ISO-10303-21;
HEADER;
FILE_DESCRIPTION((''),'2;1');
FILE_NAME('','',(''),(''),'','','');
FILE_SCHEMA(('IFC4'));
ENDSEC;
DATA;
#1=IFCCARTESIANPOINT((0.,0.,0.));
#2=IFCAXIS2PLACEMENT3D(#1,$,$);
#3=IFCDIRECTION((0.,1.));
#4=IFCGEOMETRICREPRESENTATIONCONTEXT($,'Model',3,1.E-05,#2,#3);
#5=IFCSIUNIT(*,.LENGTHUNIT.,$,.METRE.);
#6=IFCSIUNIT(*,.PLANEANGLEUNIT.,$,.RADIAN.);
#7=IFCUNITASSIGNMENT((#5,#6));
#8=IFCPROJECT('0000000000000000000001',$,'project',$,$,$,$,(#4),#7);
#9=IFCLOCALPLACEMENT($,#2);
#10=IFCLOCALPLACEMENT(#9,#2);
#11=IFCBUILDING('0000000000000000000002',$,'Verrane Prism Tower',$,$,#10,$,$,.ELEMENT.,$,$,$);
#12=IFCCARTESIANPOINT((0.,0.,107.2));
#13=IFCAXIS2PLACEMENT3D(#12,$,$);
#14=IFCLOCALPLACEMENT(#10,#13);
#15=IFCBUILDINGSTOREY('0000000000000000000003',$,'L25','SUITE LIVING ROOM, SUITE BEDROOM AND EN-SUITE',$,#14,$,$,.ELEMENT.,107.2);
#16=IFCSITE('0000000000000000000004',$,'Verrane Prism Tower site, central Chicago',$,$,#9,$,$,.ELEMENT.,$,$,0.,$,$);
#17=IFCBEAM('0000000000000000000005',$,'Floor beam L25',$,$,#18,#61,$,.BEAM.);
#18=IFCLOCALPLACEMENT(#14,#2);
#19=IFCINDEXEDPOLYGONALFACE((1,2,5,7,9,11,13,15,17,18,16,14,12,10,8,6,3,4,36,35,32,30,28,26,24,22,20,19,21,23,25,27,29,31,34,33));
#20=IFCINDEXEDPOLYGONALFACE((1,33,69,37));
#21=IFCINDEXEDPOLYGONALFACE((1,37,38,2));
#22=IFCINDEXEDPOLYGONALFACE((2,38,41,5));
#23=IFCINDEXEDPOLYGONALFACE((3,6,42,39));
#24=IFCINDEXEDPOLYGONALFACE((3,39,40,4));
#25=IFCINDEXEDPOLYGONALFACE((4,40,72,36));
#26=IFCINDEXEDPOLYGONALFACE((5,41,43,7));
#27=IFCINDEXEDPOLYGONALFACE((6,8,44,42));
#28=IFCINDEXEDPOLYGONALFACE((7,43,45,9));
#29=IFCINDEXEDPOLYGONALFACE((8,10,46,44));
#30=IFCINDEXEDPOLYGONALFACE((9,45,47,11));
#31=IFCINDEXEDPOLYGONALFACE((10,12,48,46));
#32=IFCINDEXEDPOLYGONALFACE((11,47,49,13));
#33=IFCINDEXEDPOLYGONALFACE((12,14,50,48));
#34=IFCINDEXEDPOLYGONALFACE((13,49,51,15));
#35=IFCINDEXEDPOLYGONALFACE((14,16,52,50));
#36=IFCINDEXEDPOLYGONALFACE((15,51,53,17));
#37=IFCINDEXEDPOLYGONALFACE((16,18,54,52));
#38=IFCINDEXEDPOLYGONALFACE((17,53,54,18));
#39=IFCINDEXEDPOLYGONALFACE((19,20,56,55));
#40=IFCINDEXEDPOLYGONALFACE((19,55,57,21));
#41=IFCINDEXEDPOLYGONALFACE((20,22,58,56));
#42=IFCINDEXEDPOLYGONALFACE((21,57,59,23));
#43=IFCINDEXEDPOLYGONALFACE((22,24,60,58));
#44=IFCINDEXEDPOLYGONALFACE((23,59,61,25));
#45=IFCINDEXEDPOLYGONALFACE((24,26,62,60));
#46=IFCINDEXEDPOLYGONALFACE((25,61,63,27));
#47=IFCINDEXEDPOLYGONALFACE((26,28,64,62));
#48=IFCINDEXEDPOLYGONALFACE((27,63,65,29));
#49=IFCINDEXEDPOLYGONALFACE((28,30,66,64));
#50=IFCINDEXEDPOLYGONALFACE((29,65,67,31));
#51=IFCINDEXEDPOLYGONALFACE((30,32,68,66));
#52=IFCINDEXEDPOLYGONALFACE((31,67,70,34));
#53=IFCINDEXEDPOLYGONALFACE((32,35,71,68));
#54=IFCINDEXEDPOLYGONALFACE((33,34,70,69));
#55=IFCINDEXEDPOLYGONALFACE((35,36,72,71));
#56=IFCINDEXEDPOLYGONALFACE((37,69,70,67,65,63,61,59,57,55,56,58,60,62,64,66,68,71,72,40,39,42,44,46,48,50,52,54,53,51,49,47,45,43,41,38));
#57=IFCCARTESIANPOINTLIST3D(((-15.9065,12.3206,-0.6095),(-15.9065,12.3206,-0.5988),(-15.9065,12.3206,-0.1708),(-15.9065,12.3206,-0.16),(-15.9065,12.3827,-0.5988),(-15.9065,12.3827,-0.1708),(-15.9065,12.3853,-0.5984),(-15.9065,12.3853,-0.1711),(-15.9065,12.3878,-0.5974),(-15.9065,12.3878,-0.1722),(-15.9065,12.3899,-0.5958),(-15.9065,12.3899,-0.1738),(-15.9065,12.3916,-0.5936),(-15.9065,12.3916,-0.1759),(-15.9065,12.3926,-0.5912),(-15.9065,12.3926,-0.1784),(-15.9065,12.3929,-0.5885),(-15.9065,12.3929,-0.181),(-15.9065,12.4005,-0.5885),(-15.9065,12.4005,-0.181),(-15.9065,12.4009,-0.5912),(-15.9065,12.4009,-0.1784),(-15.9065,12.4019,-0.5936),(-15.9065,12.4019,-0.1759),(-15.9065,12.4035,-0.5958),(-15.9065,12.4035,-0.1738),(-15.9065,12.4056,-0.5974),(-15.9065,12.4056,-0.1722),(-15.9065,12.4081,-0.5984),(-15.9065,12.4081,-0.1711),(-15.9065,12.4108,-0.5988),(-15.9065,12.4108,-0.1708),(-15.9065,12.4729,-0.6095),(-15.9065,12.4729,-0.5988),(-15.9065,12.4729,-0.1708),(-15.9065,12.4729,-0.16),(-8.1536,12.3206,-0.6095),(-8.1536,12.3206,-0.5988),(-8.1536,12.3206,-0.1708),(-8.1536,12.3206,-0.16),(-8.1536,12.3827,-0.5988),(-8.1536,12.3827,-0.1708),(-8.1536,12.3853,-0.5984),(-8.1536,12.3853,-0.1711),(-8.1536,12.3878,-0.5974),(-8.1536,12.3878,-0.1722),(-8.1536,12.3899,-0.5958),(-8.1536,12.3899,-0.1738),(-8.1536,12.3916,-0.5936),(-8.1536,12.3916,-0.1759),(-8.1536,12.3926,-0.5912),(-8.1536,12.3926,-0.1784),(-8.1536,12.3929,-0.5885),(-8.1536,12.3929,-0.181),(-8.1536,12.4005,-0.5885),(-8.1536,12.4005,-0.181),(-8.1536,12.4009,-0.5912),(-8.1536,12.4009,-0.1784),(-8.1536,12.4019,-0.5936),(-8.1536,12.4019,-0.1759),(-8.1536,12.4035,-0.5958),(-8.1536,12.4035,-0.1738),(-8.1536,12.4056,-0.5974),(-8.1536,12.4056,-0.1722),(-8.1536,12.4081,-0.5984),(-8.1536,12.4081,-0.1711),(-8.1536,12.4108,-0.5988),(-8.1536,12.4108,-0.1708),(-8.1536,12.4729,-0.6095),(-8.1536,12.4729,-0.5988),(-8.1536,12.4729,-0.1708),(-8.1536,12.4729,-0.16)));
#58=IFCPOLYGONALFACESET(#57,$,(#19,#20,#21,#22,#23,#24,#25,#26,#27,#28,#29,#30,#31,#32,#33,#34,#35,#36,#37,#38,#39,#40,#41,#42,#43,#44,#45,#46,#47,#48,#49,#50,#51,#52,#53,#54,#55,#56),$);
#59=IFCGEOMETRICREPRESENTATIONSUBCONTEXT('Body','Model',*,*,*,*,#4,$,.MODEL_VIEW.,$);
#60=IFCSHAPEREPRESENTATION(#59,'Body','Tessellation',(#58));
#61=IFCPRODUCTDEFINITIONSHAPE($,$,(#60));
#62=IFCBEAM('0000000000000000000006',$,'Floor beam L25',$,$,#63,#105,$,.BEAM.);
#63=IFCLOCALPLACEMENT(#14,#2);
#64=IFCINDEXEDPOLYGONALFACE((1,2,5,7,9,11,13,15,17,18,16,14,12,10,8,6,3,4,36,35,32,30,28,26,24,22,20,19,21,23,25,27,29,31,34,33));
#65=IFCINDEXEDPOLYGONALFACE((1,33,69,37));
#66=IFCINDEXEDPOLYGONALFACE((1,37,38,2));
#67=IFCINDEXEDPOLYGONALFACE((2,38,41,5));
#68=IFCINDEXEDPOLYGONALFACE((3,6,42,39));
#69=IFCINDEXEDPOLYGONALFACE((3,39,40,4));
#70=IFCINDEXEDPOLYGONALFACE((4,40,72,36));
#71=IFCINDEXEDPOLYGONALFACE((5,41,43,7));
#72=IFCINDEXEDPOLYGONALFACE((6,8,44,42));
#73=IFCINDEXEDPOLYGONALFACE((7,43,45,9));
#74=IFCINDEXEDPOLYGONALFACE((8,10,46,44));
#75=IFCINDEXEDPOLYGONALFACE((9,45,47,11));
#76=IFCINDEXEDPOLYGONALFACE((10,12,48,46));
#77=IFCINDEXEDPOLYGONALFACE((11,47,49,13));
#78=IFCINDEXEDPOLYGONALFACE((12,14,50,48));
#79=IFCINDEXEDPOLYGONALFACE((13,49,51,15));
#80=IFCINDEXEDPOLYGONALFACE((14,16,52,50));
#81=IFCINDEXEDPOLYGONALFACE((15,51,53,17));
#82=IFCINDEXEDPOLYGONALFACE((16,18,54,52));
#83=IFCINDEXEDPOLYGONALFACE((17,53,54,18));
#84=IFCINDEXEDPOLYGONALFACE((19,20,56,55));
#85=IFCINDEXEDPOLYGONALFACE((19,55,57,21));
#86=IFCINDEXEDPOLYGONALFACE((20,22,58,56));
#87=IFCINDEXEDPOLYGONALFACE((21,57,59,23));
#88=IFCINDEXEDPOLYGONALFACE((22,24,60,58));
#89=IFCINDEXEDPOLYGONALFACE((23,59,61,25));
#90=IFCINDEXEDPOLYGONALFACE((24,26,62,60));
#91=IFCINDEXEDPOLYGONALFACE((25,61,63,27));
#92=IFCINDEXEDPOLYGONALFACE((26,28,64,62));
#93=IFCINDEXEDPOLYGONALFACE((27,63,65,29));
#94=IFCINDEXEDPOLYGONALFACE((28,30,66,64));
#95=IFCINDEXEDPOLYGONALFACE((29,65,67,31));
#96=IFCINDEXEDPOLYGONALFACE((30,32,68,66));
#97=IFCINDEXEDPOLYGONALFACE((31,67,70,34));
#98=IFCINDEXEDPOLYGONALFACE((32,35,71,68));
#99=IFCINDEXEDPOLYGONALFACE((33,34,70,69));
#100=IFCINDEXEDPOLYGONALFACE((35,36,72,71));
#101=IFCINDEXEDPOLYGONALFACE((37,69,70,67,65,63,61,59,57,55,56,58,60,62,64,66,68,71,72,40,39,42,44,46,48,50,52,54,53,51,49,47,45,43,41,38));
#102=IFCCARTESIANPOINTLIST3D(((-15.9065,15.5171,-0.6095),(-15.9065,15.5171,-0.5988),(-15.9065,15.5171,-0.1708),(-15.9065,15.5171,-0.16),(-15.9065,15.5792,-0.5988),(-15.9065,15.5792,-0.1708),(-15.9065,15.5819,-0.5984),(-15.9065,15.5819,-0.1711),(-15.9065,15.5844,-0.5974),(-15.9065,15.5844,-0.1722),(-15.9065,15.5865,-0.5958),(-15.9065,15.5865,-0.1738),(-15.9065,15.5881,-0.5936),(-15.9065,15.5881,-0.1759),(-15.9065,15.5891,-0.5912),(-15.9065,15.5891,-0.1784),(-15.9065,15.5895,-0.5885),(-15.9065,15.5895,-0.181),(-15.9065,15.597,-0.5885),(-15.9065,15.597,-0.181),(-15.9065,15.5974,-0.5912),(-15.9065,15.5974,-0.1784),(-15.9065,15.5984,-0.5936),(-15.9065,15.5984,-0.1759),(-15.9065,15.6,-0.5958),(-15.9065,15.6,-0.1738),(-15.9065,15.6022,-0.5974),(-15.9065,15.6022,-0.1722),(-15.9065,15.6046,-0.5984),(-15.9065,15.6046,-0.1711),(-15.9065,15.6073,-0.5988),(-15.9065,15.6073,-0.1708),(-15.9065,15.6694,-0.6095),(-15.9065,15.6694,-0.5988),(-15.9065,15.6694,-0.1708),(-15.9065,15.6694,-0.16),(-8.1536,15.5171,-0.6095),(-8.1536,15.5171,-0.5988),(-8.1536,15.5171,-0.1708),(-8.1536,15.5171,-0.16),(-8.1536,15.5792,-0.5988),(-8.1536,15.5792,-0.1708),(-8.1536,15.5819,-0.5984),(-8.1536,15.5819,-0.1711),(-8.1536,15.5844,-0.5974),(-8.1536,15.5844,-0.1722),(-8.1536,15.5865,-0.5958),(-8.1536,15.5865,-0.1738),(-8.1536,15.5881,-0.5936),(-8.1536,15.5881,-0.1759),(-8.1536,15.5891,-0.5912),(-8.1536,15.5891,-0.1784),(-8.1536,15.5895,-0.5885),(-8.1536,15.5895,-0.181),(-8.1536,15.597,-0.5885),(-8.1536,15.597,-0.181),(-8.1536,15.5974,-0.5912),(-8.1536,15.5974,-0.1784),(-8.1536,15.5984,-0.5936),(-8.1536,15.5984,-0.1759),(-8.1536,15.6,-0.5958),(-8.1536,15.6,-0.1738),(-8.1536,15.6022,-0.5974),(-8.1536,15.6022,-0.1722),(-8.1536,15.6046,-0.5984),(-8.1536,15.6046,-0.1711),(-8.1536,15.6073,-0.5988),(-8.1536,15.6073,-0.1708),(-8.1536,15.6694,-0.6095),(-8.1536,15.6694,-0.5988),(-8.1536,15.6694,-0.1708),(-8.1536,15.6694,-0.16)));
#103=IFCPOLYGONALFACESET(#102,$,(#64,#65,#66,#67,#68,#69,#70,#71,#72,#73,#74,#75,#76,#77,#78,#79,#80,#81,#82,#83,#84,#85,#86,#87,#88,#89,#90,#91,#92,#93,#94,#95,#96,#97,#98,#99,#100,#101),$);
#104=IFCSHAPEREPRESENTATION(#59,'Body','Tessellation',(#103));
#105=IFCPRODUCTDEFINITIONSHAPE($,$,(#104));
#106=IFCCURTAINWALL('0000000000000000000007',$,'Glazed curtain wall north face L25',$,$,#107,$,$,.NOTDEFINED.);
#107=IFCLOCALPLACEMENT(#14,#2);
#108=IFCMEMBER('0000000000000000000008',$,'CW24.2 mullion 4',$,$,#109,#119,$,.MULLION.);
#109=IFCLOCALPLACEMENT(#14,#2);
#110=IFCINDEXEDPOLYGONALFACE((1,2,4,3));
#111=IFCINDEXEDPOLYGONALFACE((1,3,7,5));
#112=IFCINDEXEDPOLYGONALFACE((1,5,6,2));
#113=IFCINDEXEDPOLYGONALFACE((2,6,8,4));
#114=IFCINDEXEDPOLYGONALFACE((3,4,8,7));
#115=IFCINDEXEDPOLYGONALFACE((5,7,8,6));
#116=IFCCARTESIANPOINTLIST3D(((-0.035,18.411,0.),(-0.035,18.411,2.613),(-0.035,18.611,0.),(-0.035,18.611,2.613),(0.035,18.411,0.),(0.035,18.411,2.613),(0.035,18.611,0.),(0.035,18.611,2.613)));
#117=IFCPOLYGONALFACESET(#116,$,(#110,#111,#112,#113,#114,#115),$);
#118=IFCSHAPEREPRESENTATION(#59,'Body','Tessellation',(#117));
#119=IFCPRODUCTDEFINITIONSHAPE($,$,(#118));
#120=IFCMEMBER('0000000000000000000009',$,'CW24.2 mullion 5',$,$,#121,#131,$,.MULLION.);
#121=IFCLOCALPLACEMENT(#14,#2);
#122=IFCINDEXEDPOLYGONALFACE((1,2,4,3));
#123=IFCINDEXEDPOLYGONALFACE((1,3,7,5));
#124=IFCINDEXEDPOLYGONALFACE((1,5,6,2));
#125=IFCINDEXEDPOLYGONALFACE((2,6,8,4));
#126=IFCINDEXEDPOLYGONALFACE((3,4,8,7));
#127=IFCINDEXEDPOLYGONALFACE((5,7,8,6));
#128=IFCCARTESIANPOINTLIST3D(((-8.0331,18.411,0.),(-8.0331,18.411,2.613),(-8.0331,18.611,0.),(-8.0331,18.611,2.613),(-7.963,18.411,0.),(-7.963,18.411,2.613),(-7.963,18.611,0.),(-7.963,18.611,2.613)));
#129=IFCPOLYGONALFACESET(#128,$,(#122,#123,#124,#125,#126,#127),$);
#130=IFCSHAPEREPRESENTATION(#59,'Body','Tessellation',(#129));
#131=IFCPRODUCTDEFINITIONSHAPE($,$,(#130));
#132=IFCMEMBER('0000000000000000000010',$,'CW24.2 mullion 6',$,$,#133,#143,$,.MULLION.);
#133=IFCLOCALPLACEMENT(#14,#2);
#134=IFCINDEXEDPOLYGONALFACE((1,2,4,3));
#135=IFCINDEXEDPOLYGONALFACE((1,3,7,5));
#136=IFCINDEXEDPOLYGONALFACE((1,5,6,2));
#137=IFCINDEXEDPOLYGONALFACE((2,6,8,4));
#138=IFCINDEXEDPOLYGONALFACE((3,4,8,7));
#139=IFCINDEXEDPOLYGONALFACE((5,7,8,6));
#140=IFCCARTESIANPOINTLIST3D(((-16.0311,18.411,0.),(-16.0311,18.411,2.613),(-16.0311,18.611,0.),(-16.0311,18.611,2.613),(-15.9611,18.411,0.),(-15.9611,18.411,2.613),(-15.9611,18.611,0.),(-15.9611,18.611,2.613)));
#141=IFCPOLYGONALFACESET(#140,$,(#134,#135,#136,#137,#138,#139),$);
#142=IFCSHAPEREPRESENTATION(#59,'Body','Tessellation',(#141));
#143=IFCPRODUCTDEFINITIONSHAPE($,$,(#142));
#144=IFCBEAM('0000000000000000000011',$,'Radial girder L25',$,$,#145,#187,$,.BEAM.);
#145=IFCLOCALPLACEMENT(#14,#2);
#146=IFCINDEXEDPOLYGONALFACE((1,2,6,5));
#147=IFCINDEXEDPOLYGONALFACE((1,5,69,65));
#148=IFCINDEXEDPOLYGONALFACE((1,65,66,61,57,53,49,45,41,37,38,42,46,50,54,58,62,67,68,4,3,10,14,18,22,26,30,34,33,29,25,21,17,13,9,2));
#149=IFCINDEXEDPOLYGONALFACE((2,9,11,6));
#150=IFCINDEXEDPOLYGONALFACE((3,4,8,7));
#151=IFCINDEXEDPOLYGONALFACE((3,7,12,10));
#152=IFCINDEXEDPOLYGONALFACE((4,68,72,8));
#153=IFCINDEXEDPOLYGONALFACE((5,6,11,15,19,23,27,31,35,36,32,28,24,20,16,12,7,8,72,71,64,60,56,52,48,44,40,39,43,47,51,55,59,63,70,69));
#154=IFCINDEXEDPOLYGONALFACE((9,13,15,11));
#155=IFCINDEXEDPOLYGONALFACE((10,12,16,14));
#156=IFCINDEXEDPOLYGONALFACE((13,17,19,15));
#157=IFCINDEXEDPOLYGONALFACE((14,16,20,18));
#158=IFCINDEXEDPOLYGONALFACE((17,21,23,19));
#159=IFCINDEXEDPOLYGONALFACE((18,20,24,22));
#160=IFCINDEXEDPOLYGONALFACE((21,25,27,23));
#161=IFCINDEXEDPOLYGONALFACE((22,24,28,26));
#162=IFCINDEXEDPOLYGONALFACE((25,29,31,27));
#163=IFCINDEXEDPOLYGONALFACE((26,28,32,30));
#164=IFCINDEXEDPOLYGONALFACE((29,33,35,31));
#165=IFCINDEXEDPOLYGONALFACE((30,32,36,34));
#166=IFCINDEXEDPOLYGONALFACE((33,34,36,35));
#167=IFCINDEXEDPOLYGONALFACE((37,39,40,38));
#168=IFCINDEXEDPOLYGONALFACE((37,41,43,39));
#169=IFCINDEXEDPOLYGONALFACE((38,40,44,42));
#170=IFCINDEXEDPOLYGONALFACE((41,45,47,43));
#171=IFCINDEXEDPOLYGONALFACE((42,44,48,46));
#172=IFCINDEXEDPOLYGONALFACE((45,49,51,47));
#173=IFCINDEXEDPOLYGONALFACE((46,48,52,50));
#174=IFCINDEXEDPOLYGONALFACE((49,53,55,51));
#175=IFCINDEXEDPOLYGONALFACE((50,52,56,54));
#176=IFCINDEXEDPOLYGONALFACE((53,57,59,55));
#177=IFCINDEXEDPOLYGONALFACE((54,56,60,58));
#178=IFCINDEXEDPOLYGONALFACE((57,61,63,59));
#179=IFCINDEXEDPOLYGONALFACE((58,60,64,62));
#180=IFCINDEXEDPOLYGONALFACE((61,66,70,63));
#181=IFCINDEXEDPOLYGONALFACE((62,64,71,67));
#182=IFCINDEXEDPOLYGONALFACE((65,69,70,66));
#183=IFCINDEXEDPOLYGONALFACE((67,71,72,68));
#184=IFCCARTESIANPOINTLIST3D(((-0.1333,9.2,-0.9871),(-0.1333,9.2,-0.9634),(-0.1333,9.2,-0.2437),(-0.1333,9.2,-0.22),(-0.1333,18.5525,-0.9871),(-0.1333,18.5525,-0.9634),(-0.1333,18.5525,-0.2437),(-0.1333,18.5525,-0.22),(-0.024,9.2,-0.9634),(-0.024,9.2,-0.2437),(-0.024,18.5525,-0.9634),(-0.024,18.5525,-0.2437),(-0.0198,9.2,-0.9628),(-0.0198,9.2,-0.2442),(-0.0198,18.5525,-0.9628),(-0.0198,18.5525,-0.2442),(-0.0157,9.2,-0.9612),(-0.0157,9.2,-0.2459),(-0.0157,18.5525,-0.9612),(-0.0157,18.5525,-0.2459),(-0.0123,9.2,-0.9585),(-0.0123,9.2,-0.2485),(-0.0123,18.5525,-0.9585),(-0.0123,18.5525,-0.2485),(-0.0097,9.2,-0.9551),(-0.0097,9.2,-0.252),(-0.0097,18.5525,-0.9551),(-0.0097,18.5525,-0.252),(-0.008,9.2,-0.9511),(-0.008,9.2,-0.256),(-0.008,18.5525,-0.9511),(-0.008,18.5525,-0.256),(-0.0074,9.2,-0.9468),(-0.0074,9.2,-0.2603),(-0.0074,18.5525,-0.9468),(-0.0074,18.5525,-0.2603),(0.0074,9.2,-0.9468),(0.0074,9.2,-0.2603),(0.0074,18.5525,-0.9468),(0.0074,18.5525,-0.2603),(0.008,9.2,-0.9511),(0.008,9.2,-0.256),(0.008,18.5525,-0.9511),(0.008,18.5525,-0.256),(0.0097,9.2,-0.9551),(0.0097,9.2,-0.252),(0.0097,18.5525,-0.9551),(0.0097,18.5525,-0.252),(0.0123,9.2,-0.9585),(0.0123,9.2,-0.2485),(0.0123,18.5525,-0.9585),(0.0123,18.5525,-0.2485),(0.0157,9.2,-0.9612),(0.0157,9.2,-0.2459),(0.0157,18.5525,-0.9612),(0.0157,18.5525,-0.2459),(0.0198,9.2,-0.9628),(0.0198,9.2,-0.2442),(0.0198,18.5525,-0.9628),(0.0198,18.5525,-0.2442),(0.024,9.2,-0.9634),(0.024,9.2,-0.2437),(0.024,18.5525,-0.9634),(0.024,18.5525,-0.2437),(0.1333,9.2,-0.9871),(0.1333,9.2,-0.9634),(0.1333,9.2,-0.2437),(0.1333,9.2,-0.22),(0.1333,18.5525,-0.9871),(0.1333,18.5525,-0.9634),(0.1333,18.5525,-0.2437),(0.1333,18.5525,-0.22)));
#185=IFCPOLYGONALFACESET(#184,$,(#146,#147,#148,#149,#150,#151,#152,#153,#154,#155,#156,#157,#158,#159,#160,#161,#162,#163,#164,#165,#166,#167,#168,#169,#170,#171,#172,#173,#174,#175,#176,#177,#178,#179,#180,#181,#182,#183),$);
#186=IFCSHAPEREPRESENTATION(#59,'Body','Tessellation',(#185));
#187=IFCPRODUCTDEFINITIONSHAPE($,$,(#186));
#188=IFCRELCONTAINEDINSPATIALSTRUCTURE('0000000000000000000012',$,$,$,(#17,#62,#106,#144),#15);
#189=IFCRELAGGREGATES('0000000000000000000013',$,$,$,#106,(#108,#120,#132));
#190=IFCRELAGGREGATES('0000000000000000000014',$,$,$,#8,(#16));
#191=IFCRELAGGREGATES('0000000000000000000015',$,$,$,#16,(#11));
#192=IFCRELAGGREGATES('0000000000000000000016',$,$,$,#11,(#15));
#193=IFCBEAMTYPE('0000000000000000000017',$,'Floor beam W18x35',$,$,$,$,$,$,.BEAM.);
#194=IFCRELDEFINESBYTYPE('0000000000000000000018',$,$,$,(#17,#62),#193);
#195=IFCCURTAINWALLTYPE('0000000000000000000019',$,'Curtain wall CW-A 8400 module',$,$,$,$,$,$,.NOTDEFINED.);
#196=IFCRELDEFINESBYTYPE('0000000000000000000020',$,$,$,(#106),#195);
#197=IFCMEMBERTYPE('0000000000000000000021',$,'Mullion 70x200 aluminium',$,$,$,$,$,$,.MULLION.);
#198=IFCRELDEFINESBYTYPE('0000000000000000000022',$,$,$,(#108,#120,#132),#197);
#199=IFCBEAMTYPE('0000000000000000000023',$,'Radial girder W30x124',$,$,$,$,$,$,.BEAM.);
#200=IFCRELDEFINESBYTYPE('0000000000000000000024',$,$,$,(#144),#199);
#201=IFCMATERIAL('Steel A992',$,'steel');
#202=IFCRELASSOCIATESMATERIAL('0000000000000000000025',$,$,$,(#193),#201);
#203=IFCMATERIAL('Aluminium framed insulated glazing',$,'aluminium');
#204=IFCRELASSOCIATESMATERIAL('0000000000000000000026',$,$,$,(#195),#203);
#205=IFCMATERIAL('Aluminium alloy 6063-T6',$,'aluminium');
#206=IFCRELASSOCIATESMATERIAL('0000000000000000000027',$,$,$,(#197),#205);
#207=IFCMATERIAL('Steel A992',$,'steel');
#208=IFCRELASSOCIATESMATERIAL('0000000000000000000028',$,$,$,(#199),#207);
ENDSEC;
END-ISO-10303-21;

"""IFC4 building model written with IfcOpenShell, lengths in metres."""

from ifc_helpers import new_model, si_unit, direction, frame, origin, origin_2d, place, context, subcontext, project, spatial, rectangle, i_section, extrude, material, material_profile, profile_set, type_object, element, aggregate, save


model = new_model("IFC4")

# Units and contexts
model_context = context("Model", 3, precision=1e-05, world=origin(), true_north=direction((0.0, 1.0)))
body_context = subcontext(model_context, "Body", "Model", "MODEL_VIEW")
ifc_project = project(units=[si_unit("LENGTHUNIT", "METRE"), si_unit("PLANEANGLEUNIT", "RADIAN")], contexts=[model_context])

# Site, building, storey
site_placement = place(None, origin())
site = spatial("IfcSite", under=ifc_project, at=site_placement, Name="Verrane Prism Tower site, central Chicago", CompositionType="ELEMENT", RefElevation=0.0)
building_placement = place(site_placement, origin())
building = spatial("IfcBuilding", under=site, at=building_placement, Name="Verrane Prism Tower", CompositionType="ELEMENT")
storey_placement = place(building_placement, frame((0.0, 0.0, 107.2)))
storey = spatial("IfcBuildingStorey", under=building, at=storey_placement, Name="L25", Description="SUITE LIVING ROOM, SUITE BEDROOM AND EN-SUITE", CompositionType="ELEMENT", Elevation=107.2)

# Beams
ifc_material_1 = material(Name="Steel A992", Category="steel")
ifc_material_profile_1 = material_profile(ifc_material_1, i_section(OverallWidth=0.1523, OverallDepth=0.4495, WebThickness=0.0076, FlangeThickness=0.0107, FilletRadius=0.0103, at=origin_2d()), Name="W18x35")
ifc_profile_set_1 = profile_set([ifc_material_profile_1], Name="Steel A992")
beam_type_1 = type_object("IfcBeamType", Name="Floor beam W18x35", PredefinedType="BEAM", material=ifc_profile_set_1)
for number, where, z_axis, x_axis, name in (
    (1, (-15.9065, 12.3967, -0.3848), (1.0, 0.0, 0.0), (0.0, 1.0, 0.0), "Floor beam L25"),
    (2, (-15.9065, 15.5933, -0.3848), (1.0, 0.0, 0.0), (0.0, 1.0, 0.0), "Floor beam L25"),
):
    element("IfcBeam", number, at=place(storey_placement, frame(where, z_axis=z_axis, x_axis=x_axis)), inside=storey, type_object=beam_type_1, Name=name, PredefinedType="BEAM", context=body_context, shape_type="SweptSolid", body=[
        extrude(i_section(OverallWidth=0.1523, OverallDepth=0.4495, WebThickness=0.0076, FlangeThickness=0.0107, FilletRadius=0.0103, at=origin_2d()), origin(), (0.0, 0.0, 1.0), 7.7529),
    ])

# Curtain wall, members
ifc_material_2 = material(Name="Aluminium framed insulated glazing", Category="aluminium")
curtain_wall_type = type_object("IfcCurtainWallType", Name="Curtain wall CW-A 8400 module", PredefinedType="NOTDEFINED", material=ifc_material_2)
curtain_wall_placement = place(storey_placement, origin())
curtain_wall = element("IfcCurtainWall", 3, at=curtain_wall_placement, inside=storey, type_object=curtain_wall_type, Name="Glazed curtain wall north face L25", PredefinedType="NOTDEFINED")
ifc_material_3 = material(Name="Aluminium alloy 6063-T6", Category="aluminium")
ifc_material_profile_2 = material_profile(ifc_material_3, rectangle(XDim=0.2, YDim=0.0701, at=origin_2d()), Name="Mullion 70x200 aluminium")
ifc_profile_set_2 = profile_set([ifc_material_profile_2], Name="Aluminium alloy 6063-T6")
member_type_1 = type_object("IfcMemberType", Name="Mullion 70x200 aluminium", PredefinedType="MULLION", material=ifc_profile_set_2)
member_1_placement = place(storey_placement, frame((0.0, 18.511, 0.0), z_axis=(0.0, 0.0, 1.0), x_axis=(0.0, -1.0, 0.0)))
member_1 = element("IfcMember", 4, at=member_1_placement, type_object=member_type_1, Name="CW24.2 mullion 4", PredefinedType="MULLION", context=body_context, shape_type="SweptSolid", body=[
    extrude(rectangle(XDim=0.2, YDim=0.0701, at=origin_2d()), origin(), (0.0, 0.0, 1.0), 2.613),
])
member_2_placement = place(storey_placement, frame((-7.998, 18.511, 0.0), z_axis=(0.0, 0.0, 1.0), x_axis=(0.0, -1.0, 0.0)))
member_2 = element("IfcMember", 5, at=member_2_placement, type_object=member_type_1, Name="CW24.2 mullion 5", PredefinedType="MULLION", context=body_context, shape_type="SweptSolid", body=[
    extrude(rectangle(XDim=0.2, YDim=0.0701, at=origin_2d()), origin(), (0.0, 0.0, 1.0), 2.613),
])
member_3_placement = place(storey_placement, frame((-15.9961, 18.511, 0.0), z_axis=(0.0, 0.0, 1.0), x_axis=(0.0, -1.0, 0.0)))
member_3 = element("IfcMember", 6, at=member_3_placement, type_object=member_type_1, Name="CW24.2 mullion 6", PredefinedType="MULLION", context=body_context, shape_type="SweptSolid", body=[
    extrude(rectangle(XDim=0.2, YDim=0.0701, at=origin_2d()), origin(), (0.0, 0.0, 1.0), 2.613),
])

# Beam
ifc_material_4 = material(Name="Steel A992", Category="steel")
ifc_material_profile_3 = material_profile(ifc_material_4, i_section(OverallWidth=0.2666, OverallDepth=0.7671, WebThickness=0.0149, FlangeThickness=0.0237, FilletRadius=0.0166, at=origin_2d()), Name="W30x124")
ifc_profile_set_3 = profile_set([ifc_material_profile_3], Name="Steel A992")
beam_type_2 = type_object("IfcBeamType", Name="Radial girder W30x124", PredefinedType="BEAM", material=ifc_profile_set_3)
for number, where, z_axis, x_axis, name in (
    (7, (0.0, 18.5525, -0.6035), (0.0, -1.0, 0.0), (1.0, 0.0, 0.0), "Radial girder L25"),
):
    element("IfcBeam", number, at=place(storey_placement, frame(where, z_axis=z_axis, x_axis=x_axis)), inside=storey, type_object=beam_type_2, Name=name, PredefinedType="BEAM", context=body_context, shape_type="SweptSolid", body=[
        extrude(i_section(OverallWidth=0.2666, OverallDepth=0.7671, WebThickness=0.0149, FlangeThickness=0.0237, FilletRadius=0.0166, at=origin_2d()), origin(), (0.0, 0.0, 1.0), 9.3525),
    ])

aggregate(curtain_wall, [member_1, member_2, member_3])

save(model, "model.ifc")
